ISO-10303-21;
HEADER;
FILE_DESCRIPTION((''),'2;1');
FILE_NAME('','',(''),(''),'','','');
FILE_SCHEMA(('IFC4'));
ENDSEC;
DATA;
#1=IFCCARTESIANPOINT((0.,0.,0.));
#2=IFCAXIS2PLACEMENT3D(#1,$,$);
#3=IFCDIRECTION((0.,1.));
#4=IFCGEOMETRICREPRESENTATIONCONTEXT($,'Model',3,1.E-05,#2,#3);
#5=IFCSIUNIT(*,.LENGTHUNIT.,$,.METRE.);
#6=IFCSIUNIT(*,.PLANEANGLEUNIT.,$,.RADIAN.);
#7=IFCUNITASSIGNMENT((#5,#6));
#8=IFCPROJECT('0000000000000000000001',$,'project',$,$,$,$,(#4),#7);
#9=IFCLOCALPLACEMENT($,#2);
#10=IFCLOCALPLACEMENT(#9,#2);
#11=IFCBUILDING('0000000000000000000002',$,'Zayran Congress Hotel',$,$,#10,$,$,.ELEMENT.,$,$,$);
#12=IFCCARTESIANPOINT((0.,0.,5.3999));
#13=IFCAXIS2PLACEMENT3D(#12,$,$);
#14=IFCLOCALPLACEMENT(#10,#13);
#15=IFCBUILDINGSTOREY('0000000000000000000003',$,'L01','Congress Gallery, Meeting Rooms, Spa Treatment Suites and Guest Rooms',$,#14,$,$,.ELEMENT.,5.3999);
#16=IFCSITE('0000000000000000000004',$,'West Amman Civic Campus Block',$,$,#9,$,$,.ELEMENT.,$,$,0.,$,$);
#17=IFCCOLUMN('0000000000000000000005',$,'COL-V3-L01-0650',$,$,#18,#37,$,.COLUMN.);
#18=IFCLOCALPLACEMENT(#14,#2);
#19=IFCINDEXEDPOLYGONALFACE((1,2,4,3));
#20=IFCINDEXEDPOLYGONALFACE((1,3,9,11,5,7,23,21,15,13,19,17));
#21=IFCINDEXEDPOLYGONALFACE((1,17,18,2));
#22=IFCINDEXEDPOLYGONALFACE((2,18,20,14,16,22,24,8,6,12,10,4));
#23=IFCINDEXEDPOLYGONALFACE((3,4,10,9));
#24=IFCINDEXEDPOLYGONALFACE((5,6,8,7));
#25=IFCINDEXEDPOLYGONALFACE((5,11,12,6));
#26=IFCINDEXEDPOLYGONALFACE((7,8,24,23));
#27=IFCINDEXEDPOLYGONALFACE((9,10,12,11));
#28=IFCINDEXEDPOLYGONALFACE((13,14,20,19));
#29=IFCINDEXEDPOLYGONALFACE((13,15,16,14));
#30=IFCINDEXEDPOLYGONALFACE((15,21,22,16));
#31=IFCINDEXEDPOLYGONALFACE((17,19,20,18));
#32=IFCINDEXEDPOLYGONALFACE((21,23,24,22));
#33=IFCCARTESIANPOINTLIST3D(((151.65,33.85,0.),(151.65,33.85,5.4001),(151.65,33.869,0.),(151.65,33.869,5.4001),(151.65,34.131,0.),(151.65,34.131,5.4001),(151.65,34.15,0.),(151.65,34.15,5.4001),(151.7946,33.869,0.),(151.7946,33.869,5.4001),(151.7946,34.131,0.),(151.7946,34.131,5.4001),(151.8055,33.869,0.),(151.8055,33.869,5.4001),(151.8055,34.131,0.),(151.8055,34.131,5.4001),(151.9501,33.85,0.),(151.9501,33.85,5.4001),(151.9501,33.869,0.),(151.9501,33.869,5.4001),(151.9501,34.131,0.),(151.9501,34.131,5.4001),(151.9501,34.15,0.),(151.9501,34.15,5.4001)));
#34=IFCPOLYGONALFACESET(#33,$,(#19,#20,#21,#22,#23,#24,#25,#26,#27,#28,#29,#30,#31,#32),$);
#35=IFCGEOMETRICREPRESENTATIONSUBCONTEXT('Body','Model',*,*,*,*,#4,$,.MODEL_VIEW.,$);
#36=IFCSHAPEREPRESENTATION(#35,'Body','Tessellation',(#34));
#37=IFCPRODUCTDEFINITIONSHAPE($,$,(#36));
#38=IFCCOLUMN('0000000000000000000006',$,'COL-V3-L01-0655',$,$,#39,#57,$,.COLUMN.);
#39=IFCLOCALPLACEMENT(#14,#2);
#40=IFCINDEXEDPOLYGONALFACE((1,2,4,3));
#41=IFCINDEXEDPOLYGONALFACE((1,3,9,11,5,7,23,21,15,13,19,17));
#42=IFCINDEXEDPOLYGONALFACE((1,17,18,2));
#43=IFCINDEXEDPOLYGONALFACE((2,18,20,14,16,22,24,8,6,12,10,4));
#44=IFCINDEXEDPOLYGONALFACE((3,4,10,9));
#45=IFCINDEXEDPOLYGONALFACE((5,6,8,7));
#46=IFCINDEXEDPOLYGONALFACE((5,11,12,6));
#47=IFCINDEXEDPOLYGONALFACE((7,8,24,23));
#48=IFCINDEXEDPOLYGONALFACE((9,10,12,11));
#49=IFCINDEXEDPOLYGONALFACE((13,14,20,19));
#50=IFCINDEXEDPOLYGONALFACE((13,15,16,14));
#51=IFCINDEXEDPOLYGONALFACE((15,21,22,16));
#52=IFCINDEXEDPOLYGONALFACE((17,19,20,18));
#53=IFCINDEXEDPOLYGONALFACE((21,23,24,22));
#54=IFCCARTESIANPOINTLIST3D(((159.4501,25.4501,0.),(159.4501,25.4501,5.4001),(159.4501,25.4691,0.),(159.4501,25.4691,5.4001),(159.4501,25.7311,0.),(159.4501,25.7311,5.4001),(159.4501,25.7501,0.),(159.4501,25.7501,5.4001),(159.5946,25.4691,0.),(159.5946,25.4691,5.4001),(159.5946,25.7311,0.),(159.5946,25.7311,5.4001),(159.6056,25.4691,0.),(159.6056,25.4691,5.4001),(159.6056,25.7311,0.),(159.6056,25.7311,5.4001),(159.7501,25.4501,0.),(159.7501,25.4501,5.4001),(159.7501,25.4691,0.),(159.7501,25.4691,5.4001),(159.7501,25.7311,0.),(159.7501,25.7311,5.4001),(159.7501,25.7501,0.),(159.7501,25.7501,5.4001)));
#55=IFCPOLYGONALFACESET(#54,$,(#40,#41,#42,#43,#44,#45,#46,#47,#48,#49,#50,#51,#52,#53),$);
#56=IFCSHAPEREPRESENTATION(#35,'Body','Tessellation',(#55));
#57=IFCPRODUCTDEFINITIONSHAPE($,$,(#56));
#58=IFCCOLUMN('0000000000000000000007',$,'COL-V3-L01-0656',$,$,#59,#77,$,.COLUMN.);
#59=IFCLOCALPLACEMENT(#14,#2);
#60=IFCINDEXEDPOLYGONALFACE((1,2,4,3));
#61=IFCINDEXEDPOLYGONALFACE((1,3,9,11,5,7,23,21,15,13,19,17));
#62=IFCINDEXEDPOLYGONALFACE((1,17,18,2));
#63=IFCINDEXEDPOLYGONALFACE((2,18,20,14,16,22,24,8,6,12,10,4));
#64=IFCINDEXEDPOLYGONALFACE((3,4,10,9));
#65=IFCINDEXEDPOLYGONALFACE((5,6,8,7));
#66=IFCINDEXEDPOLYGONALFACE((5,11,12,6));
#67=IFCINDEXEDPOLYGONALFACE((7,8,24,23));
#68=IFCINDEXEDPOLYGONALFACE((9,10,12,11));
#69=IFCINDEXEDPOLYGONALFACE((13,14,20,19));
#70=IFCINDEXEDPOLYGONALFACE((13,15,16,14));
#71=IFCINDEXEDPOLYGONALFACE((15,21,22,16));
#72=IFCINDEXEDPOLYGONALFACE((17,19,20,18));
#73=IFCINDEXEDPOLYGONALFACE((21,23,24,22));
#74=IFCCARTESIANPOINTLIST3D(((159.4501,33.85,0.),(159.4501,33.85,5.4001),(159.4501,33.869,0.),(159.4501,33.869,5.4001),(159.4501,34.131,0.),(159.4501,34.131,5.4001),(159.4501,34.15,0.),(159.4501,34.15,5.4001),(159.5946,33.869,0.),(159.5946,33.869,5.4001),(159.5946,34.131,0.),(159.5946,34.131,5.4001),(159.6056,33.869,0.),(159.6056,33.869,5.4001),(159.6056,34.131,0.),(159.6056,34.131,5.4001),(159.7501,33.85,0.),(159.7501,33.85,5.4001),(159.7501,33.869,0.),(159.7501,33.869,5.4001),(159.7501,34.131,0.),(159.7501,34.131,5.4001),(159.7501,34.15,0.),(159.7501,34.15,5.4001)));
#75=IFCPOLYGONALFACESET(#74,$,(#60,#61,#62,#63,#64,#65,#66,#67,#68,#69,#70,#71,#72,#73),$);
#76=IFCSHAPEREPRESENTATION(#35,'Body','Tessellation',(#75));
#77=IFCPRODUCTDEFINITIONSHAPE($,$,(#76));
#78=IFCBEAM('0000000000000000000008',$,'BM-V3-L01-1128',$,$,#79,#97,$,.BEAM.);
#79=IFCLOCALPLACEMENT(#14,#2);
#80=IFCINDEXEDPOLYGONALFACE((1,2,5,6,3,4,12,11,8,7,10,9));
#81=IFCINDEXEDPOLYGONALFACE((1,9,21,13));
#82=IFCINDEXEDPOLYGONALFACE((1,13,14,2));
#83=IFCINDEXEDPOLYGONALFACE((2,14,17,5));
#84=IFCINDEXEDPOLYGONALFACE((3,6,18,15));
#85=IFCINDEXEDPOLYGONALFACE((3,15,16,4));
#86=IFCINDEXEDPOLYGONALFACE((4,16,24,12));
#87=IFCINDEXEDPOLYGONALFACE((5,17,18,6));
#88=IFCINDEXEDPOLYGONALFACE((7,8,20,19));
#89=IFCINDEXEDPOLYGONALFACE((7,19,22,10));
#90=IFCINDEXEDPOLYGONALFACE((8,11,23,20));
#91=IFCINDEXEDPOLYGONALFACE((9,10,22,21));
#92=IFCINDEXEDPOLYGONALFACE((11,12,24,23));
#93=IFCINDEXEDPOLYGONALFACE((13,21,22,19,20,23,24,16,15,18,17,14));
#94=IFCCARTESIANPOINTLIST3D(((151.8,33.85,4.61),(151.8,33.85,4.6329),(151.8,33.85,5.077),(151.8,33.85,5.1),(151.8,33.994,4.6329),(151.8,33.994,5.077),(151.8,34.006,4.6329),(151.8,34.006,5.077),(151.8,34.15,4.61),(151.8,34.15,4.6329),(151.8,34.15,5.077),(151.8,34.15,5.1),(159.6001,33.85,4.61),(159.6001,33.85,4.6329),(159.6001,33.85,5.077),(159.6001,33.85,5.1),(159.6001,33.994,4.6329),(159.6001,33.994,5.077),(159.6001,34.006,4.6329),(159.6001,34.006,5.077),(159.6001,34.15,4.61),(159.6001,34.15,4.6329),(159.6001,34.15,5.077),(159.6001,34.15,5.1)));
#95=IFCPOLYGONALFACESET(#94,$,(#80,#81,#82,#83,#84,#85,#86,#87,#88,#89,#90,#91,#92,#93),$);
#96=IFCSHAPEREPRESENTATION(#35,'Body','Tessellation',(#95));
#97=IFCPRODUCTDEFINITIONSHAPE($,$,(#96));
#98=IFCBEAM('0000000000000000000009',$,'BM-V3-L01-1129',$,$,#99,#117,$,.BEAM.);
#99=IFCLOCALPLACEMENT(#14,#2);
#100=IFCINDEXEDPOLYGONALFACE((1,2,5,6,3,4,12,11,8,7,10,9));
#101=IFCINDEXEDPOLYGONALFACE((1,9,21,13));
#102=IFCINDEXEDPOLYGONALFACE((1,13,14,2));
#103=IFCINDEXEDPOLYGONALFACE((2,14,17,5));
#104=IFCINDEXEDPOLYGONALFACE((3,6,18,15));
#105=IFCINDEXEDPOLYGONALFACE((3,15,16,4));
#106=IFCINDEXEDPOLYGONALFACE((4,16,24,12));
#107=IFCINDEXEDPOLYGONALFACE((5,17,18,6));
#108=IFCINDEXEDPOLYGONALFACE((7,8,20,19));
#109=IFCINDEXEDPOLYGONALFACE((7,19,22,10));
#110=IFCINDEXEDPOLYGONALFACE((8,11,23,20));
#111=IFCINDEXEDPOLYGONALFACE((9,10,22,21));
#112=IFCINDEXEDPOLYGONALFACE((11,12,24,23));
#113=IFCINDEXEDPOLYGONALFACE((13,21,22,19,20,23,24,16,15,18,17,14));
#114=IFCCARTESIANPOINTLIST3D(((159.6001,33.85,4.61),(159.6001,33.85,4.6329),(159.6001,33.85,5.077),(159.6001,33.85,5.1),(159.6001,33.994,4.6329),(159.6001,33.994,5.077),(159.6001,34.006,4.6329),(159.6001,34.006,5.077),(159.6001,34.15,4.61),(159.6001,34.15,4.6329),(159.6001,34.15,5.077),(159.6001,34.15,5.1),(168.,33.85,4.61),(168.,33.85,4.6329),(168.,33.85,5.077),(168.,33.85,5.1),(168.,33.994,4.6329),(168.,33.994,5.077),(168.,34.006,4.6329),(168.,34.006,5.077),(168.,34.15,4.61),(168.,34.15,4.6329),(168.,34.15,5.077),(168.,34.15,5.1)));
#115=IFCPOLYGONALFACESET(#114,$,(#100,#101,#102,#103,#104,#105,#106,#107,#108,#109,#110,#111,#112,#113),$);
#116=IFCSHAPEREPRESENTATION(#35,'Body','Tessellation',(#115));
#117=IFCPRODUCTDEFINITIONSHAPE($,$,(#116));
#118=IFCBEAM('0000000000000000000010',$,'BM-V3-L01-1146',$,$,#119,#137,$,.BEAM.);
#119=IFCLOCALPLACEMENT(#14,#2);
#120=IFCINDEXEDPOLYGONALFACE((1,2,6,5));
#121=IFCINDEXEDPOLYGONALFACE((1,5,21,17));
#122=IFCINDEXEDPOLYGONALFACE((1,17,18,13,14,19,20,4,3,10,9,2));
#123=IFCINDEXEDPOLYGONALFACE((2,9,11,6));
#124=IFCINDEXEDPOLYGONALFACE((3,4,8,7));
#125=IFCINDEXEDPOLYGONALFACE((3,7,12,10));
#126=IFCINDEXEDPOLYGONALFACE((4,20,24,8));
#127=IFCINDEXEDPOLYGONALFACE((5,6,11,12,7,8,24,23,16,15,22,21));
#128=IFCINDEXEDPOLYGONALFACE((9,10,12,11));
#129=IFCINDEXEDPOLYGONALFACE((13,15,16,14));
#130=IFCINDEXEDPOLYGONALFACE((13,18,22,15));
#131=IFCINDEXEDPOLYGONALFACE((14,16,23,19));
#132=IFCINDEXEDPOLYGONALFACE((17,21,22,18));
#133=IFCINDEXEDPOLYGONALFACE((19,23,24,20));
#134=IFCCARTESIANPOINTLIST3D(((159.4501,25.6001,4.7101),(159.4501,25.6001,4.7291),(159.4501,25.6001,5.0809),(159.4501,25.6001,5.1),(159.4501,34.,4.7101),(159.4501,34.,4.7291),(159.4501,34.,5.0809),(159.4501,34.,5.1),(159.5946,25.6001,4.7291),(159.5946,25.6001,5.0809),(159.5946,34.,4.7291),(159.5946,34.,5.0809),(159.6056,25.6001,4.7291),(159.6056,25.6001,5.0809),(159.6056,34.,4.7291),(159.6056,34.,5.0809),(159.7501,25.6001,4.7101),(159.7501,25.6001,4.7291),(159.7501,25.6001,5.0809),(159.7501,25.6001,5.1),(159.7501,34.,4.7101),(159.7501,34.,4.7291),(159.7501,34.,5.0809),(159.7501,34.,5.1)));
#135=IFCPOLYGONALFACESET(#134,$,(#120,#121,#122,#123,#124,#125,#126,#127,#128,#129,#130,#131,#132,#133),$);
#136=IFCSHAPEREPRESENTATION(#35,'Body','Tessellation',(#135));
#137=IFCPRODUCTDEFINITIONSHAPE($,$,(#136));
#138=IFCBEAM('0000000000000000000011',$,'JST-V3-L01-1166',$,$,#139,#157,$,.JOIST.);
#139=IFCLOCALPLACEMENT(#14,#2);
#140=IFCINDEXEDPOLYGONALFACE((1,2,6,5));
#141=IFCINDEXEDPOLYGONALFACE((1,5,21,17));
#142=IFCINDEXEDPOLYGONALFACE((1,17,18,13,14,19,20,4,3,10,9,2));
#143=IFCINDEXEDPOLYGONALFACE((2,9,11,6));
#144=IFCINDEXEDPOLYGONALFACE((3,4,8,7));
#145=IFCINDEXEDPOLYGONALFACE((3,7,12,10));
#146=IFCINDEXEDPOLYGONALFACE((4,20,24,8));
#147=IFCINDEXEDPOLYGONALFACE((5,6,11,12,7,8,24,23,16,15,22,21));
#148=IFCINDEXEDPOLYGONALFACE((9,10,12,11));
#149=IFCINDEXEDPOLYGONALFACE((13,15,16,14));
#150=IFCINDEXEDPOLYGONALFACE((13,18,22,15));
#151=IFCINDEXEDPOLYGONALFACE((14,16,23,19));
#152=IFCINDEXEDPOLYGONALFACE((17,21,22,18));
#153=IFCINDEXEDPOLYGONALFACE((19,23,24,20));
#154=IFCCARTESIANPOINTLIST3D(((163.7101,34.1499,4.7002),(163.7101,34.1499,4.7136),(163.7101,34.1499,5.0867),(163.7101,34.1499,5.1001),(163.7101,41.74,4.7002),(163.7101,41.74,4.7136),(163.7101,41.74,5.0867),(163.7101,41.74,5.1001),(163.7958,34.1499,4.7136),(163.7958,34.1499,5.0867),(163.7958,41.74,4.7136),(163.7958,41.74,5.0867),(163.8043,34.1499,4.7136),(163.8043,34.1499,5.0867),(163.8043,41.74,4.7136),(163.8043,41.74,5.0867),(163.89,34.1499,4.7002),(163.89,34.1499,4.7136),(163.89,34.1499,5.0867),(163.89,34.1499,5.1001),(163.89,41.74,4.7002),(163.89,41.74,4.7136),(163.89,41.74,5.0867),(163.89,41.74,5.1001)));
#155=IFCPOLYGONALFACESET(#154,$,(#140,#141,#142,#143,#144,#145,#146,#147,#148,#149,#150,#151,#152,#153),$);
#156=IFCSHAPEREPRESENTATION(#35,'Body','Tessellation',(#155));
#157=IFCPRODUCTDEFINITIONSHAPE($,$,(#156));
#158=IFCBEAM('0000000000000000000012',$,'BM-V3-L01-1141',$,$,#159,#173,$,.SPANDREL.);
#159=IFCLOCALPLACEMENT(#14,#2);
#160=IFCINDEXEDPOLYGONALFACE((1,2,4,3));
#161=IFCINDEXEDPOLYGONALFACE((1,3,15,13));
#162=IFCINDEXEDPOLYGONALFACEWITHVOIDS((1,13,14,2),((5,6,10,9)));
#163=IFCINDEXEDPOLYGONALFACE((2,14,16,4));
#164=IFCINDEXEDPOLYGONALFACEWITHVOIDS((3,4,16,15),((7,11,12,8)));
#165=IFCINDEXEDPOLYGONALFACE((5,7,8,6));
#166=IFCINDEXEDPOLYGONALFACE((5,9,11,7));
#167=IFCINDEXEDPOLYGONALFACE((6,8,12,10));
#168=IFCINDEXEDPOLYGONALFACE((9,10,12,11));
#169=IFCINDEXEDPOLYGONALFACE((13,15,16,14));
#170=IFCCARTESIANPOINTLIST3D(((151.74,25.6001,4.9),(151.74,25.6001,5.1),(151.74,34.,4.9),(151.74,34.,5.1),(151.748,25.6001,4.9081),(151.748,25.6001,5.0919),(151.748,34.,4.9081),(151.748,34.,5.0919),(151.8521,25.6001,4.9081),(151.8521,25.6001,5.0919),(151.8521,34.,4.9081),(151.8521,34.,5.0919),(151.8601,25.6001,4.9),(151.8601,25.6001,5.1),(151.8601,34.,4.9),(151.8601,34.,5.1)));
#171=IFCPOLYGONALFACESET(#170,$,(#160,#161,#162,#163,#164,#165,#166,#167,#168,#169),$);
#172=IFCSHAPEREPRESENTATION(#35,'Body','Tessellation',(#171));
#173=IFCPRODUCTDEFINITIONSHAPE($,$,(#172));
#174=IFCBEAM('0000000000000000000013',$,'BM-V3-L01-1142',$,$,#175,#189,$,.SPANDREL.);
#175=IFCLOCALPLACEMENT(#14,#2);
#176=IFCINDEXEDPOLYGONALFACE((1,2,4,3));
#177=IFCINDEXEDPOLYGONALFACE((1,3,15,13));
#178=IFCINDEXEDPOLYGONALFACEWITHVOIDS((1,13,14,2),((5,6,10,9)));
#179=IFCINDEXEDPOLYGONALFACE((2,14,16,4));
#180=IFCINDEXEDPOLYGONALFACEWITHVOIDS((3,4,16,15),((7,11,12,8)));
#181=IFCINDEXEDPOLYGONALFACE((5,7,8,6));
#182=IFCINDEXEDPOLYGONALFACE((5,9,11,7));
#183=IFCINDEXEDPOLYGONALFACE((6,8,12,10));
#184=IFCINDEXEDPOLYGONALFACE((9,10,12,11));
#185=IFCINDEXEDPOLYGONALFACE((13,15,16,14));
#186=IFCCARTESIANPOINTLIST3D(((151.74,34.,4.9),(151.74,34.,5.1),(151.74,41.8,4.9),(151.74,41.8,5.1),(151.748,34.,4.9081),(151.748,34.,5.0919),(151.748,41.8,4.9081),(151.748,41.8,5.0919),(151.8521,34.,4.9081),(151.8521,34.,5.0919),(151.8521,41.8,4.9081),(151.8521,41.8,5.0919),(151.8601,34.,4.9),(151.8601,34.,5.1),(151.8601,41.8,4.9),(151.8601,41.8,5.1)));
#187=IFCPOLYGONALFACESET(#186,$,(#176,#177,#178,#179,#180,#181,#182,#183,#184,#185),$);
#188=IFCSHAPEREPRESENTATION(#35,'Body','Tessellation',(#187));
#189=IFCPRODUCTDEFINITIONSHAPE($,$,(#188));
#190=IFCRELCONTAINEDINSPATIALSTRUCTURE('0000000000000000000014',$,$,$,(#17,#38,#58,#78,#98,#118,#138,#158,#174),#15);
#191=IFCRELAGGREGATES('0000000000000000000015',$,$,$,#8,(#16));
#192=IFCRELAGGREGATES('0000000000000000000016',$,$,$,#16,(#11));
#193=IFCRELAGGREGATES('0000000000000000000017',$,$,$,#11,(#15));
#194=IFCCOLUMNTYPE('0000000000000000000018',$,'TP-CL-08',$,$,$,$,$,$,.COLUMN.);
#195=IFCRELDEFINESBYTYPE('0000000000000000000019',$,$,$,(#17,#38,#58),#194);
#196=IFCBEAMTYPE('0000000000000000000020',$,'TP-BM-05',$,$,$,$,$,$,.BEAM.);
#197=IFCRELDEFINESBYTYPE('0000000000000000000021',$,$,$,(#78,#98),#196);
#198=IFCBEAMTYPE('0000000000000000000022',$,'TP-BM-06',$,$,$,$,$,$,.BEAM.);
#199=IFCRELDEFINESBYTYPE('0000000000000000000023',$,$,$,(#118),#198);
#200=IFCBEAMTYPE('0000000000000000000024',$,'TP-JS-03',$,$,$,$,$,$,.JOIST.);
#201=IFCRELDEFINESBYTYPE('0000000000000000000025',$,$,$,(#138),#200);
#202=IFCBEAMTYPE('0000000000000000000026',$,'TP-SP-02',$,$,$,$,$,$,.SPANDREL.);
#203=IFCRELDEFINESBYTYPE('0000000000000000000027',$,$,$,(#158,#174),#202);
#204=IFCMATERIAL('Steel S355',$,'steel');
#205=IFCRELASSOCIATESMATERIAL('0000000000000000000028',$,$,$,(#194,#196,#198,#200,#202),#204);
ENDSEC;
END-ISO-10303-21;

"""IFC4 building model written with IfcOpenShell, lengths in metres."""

from ifc_helpers import new_model, si_unit, direction, frame, origin, origin_2d, place, context, subcontext, project, spatial, hollow_rectangle, i_section, extrude, material, material_profile, profile_set, type_object, element, save


model = new_model("IFC4")

# Units and contexts
model_context = context("Model", 3, precision=1e-05, world=origin(), true_north=direction((0.0, 1.0)))
body_context = subcontext(model_context, "Body", "Model", "MODEL_VIEW")
ifc_project = project(units=[si_unit("LENGTHUNIT", "METRE"), si_unit("PLANEANGLEUNIT", "RADIAN")], contexts=[model_context])

# Site, building, storey
site_placement = place(None, origin())
site = spatial("IfcSite", under=ifc_project, at=site_placement, Name="West Amman Civic Campus Block", CompositionType="ELEMENT", RefElevation=0.0)
building_placement = place(site_placement, origin())
building = spatial("IfcBuilding", under=site, at=building_placement, Name="Zayran Congress Hotel", CompositionType="ELEMENT")
storey_placement = place(building_placement, frame((0.0, 0.0, 5.3999)))
storey = spatial("IfcBuildingStorey", under=building, at=storey_placement, Name="L01", Description="Congress Gallery, Meeting Rooms, Spa Treatment Suites and Guest Rooms", CompositionType="ELEMENT", Elevation=5.3999)

# Columns
ifc_material_1 = material(Name="Steel S355", Category="steel")
ifc_material_profile_1 = material_profile(ifc_material_1, i_section(OverallWidth=0.3, OverallDepth=0.3, WebThickness=0.011, FlangeThickness=0.019, at=origin_2d()), Name="HEB 300")
ifc_profile_set_1 = profile_set([ifc_material_profile_1], Name="Steel S355")
column_type = type_object("IfcColumnType", Name="TP-CL-08", PredefinedType="COLUMN", material=ifc_profile_set_1)
for number, where, z_axis, x_axis, name in (
    (1, (151.8, 34.0, 0.0), (0.0, 0.0, 1.0), (1.0, 0.0, 0.0), "COL-V3-L01-0650"),
    (2, (159.6001, 25.6001, 0.0), (0.0, 0.0, 1.0), (1.0, 0.0, 0.0), "COL-V3-L01-0655"),
    (3, (159.6001, 34.0, 0.0), (0.0, 0.0, 1.0), (1.0, 0.0, 0.0), "COL-V3-L01-0656"),
):
    element("IfcColumn", number, at=place(storey_placement, frame(where, z_axis=z_axis, x_axis=x_axis)), inside=storey, type_object=column_type, Name=name, PredefinedType="COLUMN", context=body_context, shape_type="SweptSolid", body=[
        extrude(i_section(OverallWidth=0.3, OverallDepth=0.3, WebThickness=0.011, FlangeThickness=0.019, at=origin_2d()), origin(), (0.0, 0.0, 1.0), 5.4001),
    ])

# Beams
ifc_material_profile_2 = material_profile(ifc_material_1, i_section(OverallWidth=0.3, OverallDepth=0.49, WebThickness=0.012, FlangeThickness=0.0229, at=origin_2d()), Name="HEA 500")
ifc_profile_set_2 = profile_set([ifc_material_profile_2], Name="Steel S355")
beam_type_1 = type_object("IfcBeamType", Name="TP-BM-05", PredefinedType="BEAM", material=ifc_profile_set_2)
beam_1_placement = place(storey_placement, frame((151.8, 34.0, 4.855), z_axis=(1.0, 0.0, 0.0), x_axis=(0.0, 1.0, 0.0)))
element("IfcBeam", 4, at=beam_1_placement, inside=storey, type_object=beam_type_1, Name="BM-V3-L01-1128", PredefinedType="BEAM", context=body_context, shape_type="SweptSolid", body=[
    extrude(i_section(OverallWidth=0.3, OverallDepth=0.49, WebThickness=0.012, FlangeThickness=0.0229, at=origin_2d()), origin(), (0.0, 0.0, 1.0), 7.8),
])
beam_2_placement = place(storey_placement, frame((159.6001, 34.0, 4.855), z_axis=(1.0, 0.0, 0.0), x_axis=(0.0, 1.0, 0.0)))
element("IfcBeam", 5, at=beam_2_placement, inside=storey, type_object=beam_type_1, Name="BM-V3-L01-1129", PredefinedType="BEAM", context=body_context, shape_type="SweptSolid", body=[
    extrude(i_section(OverallWidth=0.3, OverallDepth=0.49, WebThickness=0.012, FlangeThickness=0.0229, at=origin_2d()), origin(), (0.0, 0.0, 1.0), 8.3999),
])
ifc_material_profile_3 = material_profile(ifc_material_1, i_section(OverallWidth=0.3, OverallDepth=0.3899, WebThickness=0.011, FlangeThickness=0.019, at=origin_2d()), Name="HEA 400")
ifc_profile_set_3 = profile_set([ifc_material_profile_3], Name="Steel S355")
beam_type_2 = type_object("IfcBeamType", Name="TP-BM-06", PredefinedType="BEAM", material=ifc_profile_set_3)
beam_3_placement = place(storey_placement, frame((159.6001, 25.6001, 4.905), z_axis=(0.0, 1.0, 0.0), x_axis=(-1.0, 0.0, 0.0)))
element("IfcBeam", 6, at=beam_3_placement, inside=storey, type_object=beam_type_2, Name="BM-V3-L01-1146", PredefinedType="BEAM", context=body_context, shape_type="SweptSolid", body=[
    extrude(i_section(OverallWidth=0.3, OverallDepth=0.3899, WebThickness=0.011, FlangeThickness=0.019, at=origin_2d()), origin(), (0.0, 0.0, 1.0), 8.3999),
])
ifc_material_profile_4 = material_profile(ifc_material_1, i_section(OverallWidth=0.1799, OverallDepth=0.3999, WebThickness=0.0085, FlangeThickness=0.0134, at=origin_2d()), Name="IPE 400")
ifc_profile_set_4 = profile_set([ifc_material_profile_4], Name="Steel S355")
beam_type_3 = type_object("IfcBeamType", Name="TP-JS-03", PredefinedType="JOIST", material=ifc_profile_set_4)
beam_4_placement = place(storey_placement, frame((163.8, 34.1499, 4.9001), z_axis=(0.0, 1.0, 0.0), x_axis=(-1.0, 0.0, 0.0)))
element("IfcBeam", 7, at=beam_4_placement, inside=storey, type_object=beam_type_3, Name="JST-V3-L01-1166", PredefinedType="JOIST", context=body_context, shape_type="SweptSolid", body=[
    extrude(i_section(OverallWidth=0.1799, OverallDepth=0.3999, WebThickness=0.0085, FlangeThickness=0.0134, at=origin_2d()), origin(), (0.0, 0.0, 1.0), 7.5901),
])
ifc_material_profile_5 = material_profile(ifc_material_1, hollow_rectangle(XDim=0.1201, YDim=0.2, WallThickness=0.0081, at=origin_2d()), Name="RHS 200x120x8")
ifc_profile_set_5 = profile_set([ifc_material_profile_5], Name="Steel S355")
beam_type_4 = type_object("IfcBeamType", Name="TP-SP-02", PredefinedType="SPANDREL", material=ifc_profile_set_5)
beam_5_placement = place(storey_placement, frame((151.8, 25.6001, 5.0), z_axis=(0.0, 1.0, 0.0), x_axis=(-1.0, 0.0, 0.0)))
element("IfcBeam", 8, at=beam_5_placement, inside=storey, type_object=beam_type_4, Name="BM-V3-L01-1141", PredefinedType="SPANDREL", context=body_context, shape_type="SweptSolid", body=[
    extrude(hollow_rectangle(XDim=0.1201, YDim=0.2, WallThickness=0.0081, at=origin_2d()), origin(), (0.0, 0.0, 1.0), 8.3999),
])
beam_6_placement = place(storey_placement, frame((151.8, 34.0, 5.0), z_axis=(0.0, 1.0, 0.0), x_axis=(-1.0, 0.0, 0.0)))
element("IfcBeam", 9, at=beam_6_placement, inside=storey, type_object=beam_type_4, Name="BM-V3-L01-1142", PredefinedType="SPANDREL", context=body_context, shape_type="SweptSolid", body=[
    extrude(hollow_rectangle(XDim=0.1201, YDim=0.2, WallThickness=0.0081, at=origin_2d()), origin(), (0.0, 0.0, 1.0), 7.8),
])

save(model, "model.ifc")
